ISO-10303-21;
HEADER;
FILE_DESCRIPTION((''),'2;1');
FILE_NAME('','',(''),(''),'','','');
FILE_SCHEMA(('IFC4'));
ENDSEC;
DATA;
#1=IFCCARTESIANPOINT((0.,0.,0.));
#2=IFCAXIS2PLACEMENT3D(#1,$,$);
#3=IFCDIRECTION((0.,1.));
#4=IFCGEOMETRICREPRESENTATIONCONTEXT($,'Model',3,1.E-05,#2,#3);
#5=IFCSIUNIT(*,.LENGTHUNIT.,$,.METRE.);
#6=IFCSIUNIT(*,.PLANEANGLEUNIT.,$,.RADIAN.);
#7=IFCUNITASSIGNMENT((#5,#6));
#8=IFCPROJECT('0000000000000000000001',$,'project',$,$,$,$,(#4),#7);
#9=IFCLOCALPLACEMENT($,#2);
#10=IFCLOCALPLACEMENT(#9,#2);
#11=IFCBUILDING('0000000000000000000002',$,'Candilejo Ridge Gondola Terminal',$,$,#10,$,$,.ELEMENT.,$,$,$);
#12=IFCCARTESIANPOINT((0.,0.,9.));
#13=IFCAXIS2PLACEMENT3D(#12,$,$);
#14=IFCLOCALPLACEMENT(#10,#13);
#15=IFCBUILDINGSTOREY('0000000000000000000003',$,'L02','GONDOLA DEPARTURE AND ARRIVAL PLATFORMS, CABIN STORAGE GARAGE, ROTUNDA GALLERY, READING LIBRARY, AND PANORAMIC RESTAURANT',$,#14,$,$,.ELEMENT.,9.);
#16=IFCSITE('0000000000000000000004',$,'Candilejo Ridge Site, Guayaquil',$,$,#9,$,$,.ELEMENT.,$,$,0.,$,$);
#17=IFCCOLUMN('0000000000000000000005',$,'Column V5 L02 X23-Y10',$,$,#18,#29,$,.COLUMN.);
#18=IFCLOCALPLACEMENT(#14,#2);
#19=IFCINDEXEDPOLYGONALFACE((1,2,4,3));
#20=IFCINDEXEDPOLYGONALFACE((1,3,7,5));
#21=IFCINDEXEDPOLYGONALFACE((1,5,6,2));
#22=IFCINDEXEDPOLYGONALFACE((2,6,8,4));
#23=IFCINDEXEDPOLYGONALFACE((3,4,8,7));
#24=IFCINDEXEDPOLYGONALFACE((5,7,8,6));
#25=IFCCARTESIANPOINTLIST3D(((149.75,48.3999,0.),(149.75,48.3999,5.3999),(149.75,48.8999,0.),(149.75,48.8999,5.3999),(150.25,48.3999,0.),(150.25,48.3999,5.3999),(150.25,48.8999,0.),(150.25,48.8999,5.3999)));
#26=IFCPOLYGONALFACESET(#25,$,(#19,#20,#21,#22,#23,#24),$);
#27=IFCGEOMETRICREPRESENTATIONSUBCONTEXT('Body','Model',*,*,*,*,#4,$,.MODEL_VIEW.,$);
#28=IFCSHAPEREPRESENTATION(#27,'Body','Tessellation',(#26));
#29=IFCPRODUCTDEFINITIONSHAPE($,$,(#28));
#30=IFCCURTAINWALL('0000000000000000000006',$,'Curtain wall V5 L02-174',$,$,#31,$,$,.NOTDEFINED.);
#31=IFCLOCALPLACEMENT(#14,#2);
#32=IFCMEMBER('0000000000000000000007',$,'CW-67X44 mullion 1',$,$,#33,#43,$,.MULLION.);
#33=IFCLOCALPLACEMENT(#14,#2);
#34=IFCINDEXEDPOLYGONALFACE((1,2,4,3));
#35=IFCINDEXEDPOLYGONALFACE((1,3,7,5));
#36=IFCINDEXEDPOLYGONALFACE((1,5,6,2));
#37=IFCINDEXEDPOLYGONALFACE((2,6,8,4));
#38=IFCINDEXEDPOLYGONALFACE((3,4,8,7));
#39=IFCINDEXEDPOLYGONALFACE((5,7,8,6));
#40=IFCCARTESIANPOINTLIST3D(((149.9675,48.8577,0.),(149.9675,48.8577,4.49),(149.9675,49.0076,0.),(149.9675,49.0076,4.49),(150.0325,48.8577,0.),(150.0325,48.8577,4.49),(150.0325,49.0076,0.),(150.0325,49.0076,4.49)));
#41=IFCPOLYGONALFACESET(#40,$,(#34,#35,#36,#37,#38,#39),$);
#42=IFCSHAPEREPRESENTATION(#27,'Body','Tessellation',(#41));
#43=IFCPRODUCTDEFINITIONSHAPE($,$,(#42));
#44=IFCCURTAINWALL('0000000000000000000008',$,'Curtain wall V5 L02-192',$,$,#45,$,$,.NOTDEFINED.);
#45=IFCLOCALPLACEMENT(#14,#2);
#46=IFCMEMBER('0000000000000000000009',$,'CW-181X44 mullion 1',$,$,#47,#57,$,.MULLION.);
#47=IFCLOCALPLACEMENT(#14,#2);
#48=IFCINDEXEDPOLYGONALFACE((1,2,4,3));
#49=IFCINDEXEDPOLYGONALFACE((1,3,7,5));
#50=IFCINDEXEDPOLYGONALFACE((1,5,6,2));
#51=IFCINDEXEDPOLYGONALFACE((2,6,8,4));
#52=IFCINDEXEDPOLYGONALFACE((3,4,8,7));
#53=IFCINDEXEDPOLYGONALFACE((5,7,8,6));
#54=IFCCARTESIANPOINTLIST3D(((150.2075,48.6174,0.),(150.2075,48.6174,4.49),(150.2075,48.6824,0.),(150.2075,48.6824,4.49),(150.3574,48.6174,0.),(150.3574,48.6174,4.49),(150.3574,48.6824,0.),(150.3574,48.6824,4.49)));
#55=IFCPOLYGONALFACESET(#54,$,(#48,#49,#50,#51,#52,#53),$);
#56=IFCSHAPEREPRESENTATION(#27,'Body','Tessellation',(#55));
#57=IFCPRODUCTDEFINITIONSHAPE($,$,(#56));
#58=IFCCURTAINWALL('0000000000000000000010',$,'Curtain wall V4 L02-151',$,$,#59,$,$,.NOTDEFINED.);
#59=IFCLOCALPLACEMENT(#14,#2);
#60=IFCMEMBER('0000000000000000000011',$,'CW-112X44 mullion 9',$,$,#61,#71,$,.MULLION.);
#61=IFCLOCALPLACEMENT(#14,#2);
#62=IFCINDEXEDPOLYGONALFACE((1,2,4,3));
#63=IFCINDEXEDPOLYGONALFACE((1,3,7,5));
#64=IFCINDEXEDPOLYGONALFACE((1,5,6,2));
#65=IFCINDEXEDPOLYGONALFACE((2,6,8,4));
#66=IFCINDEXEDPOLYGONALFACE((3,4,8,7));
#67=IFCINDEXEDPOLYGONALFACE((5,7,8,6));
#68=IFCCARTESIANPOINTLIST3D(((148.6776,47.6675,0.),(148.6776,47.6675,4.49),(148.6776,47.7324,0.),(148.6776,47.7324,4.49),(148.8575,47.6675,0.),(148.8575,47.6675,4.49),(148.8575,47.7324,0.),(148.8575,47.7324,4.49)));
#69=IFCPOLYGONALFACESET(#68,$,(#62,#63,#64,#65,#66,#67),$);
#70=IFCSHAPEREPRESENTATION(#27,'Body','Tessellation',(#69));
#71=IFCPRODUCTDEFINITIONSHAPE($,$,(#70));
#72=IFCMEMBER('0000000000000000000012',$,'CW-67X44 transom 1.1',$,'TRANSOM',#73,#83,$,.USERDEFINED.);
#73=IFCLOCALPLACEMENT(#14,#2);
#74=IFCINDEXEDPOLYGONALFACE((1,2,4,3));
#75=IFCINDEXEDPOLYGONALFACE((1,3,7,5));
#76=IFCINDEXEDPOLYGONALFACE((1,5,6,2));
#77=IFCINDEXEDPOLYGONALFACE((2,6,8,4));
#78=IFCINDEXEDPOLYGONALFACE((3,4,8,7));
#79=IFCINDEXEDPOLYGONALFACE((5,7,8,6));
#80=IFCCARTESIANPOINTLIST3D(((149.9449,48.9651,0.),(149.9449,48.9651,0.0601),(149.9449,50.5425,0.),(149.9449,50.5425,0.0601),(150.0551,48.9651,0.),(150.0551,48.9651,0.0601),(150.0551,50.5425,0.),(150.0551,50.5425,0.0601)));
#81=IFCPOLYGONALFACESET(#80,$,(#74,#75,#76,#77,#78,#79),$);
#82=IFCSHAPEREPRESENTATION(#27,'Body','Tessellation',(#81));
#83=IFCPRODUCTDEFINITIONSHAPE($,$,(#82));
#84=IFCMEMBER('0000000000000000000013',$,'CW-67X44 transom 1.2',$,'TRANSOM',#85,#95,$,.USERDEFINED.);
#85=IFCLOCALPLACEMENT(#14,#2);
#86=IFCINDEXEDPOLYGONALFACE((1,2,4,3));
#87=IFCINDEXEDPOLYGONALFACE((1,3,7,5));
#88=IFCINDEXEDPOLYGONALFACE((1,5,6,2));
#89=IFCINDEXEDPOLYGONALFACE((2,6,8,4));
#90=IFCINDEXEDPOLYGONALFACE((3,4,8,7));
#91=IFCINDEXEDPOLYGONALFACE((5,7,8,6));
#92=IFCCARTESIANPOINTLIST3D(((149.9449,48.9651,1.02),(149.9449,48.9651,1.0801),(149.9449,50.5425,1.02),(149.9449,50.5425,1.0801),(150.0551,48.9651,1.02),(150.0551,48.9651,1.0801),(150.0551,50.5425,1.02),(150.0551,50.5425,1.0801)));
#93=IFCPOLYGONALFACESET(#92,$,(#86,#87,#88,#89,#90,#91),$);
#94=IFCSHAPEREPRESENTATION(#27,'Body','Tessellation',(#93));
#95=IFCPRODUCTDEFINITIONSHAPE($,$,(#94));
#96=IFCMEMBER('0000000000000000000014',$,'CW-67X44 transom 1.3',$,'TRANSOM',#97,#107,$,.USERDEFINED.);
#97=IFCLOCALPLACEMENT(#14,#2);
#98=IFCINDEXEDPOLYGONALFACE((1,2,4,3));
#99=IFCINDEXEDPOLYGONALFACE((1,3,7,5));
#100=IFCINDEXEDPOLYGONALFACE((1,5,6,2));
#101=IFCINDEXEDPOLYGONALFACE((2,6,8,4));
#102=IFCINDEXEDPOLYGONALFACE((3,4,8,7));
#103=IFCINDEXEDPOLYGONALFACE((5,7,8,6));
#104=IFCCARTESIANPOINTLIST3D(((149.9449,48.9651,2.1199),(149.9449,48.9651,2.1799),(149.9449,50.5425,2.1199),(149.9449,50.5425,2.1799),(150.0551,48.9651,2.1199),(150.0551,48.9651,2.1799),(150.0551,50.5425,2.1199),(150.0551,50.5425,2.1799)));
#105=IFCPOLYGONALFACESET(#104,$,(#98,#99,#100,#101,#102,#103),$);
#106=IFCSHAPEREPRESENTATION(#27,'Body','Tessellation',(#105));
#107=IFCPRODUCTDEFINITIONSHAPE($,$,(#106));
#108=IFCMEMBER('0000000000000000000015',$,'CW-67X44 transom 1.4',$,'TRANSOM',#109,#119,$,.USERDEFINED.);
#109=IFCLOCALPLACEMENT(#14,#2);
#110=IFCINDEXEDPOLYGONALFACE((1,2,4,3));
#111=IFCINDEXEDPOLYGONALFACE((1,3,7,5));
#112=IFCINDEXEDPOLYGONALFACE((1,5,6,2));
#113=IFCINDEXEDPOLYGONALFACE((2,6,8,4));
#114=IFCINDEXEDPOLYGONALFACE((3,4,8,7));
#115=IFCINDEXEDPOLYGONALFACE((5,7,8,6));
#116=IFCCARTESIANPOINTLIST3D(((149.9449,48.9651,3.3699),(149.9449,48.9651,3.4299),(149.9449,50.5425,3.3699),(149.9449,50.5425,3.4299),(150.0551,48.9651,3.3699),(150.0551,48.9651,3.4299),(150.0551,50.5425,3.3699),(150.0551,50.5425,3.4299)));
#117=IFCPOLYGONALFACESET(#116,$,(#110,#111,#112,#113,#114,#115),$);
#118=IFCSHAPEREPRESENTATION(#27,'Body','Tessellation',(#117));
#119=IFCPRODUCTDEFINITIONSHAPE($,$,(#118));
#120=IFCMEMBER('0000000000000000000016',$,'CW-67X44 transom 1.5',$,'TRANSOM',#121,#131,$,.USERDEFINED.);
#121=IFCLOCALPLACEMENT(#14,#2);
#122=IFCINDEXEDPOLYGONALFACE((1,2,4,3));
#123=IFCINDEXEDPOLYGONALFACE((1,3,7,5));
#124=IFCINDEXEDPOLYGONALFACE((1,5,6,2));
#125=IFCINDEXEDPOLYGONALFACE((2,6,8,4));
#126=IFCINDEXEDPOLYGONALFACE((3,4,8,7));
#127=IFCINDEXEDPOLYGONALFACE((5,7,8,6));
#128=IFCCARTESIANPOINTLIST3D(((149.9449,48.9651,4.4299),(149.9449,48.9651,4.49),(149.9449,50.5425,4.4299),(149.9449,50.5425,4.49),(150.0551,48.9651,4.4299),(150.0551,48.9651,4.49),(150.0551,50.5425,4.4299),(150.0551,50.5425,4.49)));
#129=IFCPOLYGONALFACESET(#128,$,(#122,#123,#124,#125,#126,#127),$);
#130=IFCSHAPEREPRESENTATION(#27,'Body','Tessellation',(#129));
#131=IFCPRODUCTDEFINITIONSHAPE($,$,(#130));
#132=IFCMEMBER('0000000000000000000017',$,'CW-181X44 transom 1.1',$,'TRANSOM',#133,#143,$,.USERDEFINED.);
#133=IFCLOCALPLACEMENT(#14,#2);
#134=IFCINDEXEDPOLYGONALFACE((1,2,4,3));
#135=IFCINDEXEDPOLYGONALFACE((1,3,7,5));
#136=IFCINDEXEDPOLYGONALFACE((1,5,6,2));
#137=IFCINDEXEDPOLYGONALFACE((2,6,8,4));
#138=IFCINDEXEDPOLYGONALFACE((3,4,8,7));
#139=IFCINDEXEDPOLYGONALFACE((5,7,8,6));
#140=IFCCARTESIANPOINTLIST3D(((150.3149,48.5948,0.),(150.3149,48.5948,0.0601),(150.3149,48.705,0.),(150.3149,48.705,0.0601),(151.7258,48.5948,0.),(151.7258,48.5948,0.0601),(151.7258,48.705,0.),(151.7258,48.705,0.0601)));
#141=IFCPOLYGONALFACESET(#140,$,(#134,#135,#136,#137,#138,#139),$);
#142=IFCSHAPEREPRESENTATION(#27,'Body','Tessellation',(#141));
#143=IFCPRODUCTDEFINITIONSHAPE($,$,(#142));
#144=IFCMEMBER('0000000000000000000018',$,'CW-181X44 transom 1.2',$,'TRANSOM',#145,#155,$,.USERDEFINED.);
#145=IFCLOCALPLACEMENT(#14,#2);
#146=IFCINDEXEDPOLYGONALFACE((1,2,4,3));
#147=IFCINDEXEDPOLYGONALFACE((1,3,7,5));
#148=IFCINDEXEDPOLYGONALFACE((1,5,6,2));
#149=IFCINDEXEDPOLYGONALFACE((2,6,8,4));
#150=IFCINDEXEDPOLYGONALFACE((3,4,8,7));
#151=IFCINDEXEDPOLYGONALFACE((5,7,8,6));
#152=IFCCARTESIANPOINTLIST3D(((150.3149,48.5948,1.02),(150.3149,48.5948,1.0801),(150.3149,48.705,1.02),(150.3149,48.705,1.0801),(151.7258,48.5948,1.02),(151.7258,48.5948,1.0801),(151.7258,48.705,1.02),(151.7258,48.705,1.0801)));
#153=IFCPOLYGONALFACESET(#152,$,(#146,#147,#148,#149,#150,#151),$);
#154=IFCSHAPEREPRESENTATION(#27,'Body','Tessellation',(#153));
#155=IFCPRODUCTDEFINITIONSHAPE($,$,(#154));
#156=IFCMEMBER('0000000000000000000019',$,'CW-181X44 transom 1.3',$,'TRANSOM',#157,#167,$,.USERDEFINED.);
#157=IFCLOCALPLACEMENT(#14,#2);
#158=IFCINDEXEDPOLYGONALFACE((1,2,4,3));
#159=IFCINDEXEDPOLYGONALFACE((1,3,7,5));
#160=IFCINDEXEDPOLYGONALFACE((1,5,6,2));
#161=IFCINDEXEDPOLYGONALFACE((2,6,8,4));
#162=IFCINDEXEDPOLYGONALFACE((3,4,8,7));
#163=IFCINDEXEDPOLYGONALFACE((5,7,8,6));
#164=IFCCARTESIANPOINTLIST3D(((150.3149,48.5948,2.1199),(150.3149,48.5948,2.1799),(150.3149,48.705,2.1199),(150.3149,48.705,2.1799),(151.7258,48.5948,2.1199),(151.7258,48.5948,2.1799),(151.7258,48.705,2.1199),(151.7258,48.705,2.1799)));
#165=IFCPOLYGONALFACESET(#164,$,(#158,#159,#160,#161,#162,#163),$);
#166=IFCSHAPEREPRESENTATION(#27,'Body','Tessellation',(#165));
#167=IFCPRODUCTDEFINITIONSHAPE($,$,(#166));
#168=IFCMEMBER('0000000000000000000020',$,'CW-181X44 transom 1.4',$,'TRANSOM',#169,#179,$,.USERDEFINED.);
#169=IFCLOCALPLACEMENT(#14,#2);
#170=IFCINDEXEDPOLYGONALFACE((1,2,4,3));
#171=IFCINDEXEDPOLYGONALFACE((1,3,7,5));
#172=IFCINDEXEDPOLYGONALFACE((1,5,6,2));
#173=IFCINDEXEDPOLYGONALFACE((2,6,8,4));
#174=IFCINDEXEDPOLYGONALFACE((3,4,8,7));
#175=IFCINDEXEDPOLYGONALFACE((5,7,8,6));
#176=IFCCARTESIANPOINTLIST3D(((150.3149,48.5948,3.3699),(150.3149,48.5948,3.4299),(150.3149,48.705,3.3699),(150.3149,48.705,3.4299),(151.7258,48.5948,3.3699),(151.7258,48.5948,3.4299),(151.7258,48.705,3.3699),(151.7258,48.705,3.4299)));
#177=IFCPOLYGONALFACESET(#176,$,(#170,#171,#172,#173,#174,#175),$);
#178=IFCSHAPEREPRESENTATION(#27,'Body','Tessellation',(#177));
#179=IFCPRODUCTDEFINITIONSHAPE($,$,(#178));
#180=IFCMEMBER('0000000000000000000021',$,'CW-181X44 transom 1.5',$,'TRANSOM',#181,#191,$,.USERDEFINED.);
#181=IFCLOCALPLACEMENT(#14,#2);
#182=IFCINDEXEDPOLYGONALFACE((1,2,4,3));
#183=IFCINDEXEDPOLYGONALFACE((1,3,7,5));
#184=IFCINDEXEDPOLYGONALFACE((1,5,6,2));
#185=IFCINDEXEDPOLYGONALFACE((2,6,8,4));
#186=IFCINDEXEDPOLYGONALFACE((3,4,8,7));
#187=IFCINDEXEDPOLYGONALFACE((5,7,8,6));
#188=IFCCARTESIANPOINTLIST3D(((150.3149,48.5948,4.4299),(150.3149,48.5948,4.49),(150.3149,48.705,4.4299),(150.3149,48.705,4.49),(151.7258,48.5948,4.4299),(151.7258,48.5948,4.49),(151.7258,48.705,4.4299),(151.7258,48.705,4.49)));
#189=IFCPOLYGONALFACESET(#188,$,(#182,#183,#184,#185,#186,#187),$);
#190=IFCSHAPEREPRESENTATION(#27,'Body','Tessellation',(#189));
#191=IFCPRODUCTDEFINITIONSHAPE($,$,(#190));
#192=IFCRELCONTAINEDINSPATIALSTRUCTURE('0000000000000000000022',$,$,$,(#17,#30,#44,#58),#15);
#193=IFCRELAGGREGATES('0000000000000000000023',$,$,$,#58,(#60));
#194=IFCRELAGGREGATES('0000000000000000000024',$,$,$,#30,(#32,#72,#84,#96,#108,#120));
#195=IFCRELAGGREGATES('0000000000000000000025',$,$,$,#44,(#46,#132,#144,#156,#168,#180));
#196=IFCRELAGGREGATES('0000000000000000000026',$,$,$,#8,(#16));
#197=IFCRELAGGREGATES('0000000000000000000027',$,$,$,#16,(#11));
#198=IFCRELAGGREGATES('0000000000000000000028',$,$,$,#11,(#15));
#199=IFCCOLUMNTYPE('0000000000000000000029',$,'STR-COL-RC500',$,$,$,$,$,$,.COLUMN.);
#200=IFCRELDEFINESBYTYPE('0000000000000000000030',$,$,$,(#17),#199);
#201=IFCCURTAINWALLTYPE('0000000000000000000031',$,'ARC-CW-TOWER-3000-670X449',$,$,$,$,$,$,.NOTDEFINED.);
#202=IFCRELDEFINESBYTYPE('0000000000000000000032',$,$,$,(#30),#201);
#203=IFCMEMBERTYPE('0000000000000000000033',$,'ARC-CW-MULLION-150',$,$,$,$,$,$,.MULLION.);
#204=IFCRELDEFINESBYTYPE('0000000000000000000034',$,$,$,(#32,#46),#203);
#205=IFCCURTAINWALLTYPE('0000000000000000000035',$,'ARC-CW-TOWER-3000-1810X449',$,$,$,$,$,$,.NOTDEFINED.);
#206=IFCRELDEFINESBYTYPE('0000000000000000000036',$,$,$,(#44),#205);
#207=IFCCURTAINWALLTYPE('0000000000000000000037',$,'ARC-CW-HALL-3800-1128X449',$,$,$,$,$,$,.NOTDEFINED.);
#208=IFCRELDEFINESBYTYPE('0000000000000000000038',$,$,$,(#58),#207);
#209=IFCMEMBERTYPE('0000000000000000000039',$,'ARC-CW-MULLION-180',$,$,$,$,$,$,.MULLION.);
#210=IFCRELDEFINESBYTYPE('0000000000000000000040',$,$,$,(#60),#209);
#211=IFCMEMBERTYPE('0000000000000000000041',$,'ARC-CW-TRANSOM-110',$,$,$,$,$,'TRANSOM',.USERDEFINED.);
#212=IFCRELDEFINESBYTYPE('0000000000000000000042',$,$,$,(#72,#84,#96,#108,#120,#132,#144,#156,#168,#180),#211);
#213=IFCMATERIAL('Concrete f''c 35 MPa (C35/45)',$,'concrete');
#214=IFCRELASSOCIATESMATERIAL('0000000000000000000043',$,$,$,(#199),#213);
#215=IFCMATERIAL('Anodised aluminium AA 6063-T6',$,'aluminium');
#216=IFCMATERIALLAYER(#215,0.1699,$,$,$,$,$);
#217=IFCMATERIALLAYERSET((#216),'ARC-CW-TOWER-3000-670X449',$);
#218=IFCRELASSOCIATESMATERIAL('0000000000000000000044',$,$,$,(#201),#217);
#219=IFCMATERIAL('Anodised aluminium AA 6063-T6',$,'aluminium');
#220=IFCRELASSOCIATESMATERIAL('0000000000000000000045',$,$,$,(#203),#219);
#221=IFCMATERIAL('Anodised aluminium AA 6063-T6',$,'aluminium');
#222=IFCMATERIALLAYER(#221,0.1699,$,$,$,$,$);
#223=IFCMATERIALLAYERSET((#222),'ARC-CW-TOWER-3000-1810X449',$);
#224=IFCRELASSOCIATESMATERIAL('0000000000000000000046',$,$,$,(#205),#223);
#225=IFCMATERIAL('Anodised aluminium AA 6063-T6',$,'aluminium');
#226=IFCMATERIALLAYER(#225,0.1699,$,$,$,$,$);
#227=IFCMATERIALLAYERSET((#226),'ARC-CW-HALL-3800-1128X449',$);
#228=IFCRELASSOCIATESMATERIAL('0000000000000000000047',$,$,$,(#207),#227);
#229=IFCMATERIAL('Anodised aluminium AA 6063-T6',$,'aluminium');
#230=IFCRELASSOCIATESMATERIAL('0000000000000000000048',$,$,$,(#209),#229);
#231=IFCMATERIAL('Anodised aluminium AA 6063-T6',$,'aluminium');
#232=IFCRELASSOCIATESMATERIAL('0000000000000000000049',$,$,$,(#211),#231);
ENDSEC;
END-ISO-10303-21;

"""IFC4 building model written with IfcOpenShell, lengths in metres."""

from ifc_helpers import new_model, si_unit, direction, frame, origin, origin_2d, place, context, subcontext, project, spatial, rectangle, extrude, material, layer, layer_set, material_profile, profile_set, type_object, element, aggregate, save


model = new_model("IFC4")

# Units and contexts
model_context = context("Model", 3, precision=1e-05, world=origin(), true_north=direction((0.0, 1.0)))
body_context = subcontext(model_context, "Body", "Model", "MODEL_VIEW")
ifc_project = project(units=[si_unit("LENGTHUNIT", "METRE"), si_unit("PLANEANGLEUNIT", "RADIAN")], contexts=[model_context])

# Site, building, storey
site_placement = place(None, origin())
site = spatial("IfcSite", under=ifc_project, at=site_placement, Name="Candilejo Ridge Site, Guayaquil", CompositionType="ELEMENT", RefElevation=0.0)
building_placement = place(site_placement, origin())
building = spatial("IfcBuilding", under=site, at=building_placement, Name="Candilejo Ridge Gondola Terminal", CompositionType="ELEMENT")
storey_placement = place(building_placement, frame((0.0, 0.0, 9.0)))
storey = spatial("IfcBuildingStorey", under=building, at=storey_placement, Name="L02", Description="GONDOLA DEPARTURE AND ARRIVAL PLATFORMS, CABIN STORAGE GARAGE, ROTUNDA GALLERY, READING LIBRARY, AND PANORAMIC RESTAURANT", CompositionType="ELEMENT", Elevation=9.0)

# Column
ifc_material_1 = material(Name="Concrete f'c 35 MPa (C35/45)", Category="concrete")
ifc_material_profile_1 = material_profile(ifc_material_1, rectangle(XDim=0.5, YDim=0.5, at=origin_2d()))
ifc_profile_set_1 = profile_set([ifc_material_profile_1], Name="Concrete f'c 35 MPa (C35/45)")
column_type = type_object("IfcColumnType", Name="STR-COL-RC500", PredefinedType="COLUMN", material=ifc_profile_set_1)
column_placement = place(storey_placement, frame((150.0, 48.6499, 0.0), z_axis=(0.0, 0.0, 1.0), x_axis=(1.0, 0.0, 0.0)))
element("IfcColumn", 1, at=column_placement, inside=storey, type_object=column_type, Name="Column V5 L02 X23-Y10", PredefinedType="COLUMN", context=body_context, shape_type="SweptSolid", body=[
    extrude(rectangle(XDim=0.5, YDim=0.5, at=origin_2d()), origin(), (0.0, 0.0, 1.0), 5.3999),
])

# Curtain walls, members
ifc_material_2 = material(Name="Anodised aluminium AA 6063-T6", Category="aluminium")
ifc_layer_1 = layer(ifc_material_2, 0.1699)
ifc_layer_set_1 = layer_set([ifc_layer_1], Name="ARC-CW-TOWER-3000-670X449")
curtain_wall_type_1 = type_object("IfcCurtainWallType", Name="ARC-CW-TOWER-3000-670X449", PredefinedType="NOTDEFINED", material=ifc_layer_set_1)
curtain_wall_1_placement = place(storey_placement, origin())
curtain_wall_1 = element("IfcCurtainWall", 2, at=curtain_wall_1_placement, inside=storey, type_object=curtain_wall_type_1, Name="Curtain wall V5 L02-174", PredefinedType="NOTDEFINED")
ifc_material_3 = material(Name="Anodised aluminium AA 6063-T6", Category="aluminium")
ifc_material_profile_2 = material_profile(ifc_material_3, rectangle(XDim=0.0649, YDim=0.1499, at=origin_2d()))
ifc_profile_set_2 = profile_set([ifc_material_profile_2], Name="Anodised aluminium AA 6063-T6")
member_type_1 = type_object("IfcMemberType", Name="ARC-CW-MULLION-150", PredefinedType="MULLION", material=ifc_profile_set_2)
member_1_placement = place(storey_placement, frame((150.0, 48.9326, 0.0), z_axis=(0.0, 0.0, 1.0), x_axis=(-1.0, 0.0, 0.0)))
member_1 = element("IfcMember", 3, at=member_1_placement, type_object=member_type_1, Name="CW-67X44 mullion 1", PredefinedType="MULLION", context=body_context, shape_type="SweptSolid", body=[
    extrude(rectangle(XDim=0.0649, YDim=0.1499, at=origin_2d()), origin(), (0.0, 0.0, 1.0), 4.49),
])
ifc_material_4 = material(Name="Anodised aluminium AA 6063-T6", Category="aluminium")
ifc_layer_2 = layer(ifc_material_4, 0.1699)
ifc_layer_set_2 = layer_set([ifc_layer_2], Name="ARC-CW-TOWER-3000-1810X449")
curtain_wall_type_2 = type_object("IfcCurtainWallType", Name="ARC-CW-TOWER-3000-1810X449", PredefinedType="NOTDEFINED", material=ifc_layer_set_2)
curtain_wall_2_placement = place(storey_placement, origin())
curtain_wall_2 = element("IfcCurtainWall", 4, at=curtain_wall_2_placement, inside=storey, type_object=curtain_wall_type_2, Name="Curtain wall V5 L02-192", PredefinedType="NOTDEFINED")
member_2_placement = place(storey_placement, frame((150.2825, 48.6499, 0.0), z_axis=(0.0, 0.0, 1.0), x_axis=(0.0, 1.0, 0.0)))
member_2 = element("IfcMember", 5, at=member_2_placement, type_object=member_type_1, Name="CW-181X44 mullion 1", PredefinedType="MULLION", context=body_context, shape_type="SweptSolid", body=[
    extrude(rectangle(XDim=0.0649, YDim=0.1499, at=origin_2d()), origin(), (0.0, 0.0, 1.0), 4.49),
])
ifc_material_5 = material(Name="Anodised aluminium AA 6063-T6", Category="aluminium")
ifc_layer_3 = layer(ifc_material_5, 0.1699)
ifc_layer_set_3 = layer_set([ifc_layer_3], Name="ARC-CW-HALL-3800-1128X449")
curtain_wall_type_3 = type_object("IfcCurtainWallType", Name="ARC-CW-HALL-3800-1128X449", PredefinedType="NOTDEFINED", material=ifc_layer_set_3)
curtain_wall_3_placement = place(storey_placement, origin())
curtain_wall_3 = element("IfcCurtainWall", 6, at=curtain_wall_3_placement, inside=storey, type_object=curtain_wall_type_3, Name="Curtain wall V4 L02-151", PredefinedType="NOTDEFINED")
ifc_material_6 = material(Name="Anodised aluminium AA 6063-T6", Category="aluminium")
ifc_material_profile_3 = material_profile(ifc_material_6, rectangle(XDim=0.0649, YDim=0.1799, at=origin_2d()))
ifc_profile_set_3 = profile_set([ifc_material_profile_3], Name="Anodised aluminium AA 6063-T6")
member_type_2 = type_object("IfcMemberType", Name="ARC-CW-MULLION-180", PredefinedType="MULLION", material=ifc_profile_set_3)
member_3_placement = place(storey_placement, frame((148.7676, 47.7, 0.0), z_axis=(0.0, 0.0, 1.0), x_axis=(0.0, 1.0, 0.0)))
member_3 = element("IfcMember", 7, at=member_3_placement, type_object=member_type_2, Name="CW-112X44 mullion 9", PredefinedType="MULLION", context=body_context, shape_type="SweptSolid", body=[
    extrude(rectangle(XDim=0.0649, YDim=0.1799, at=origin_2d()), origin(), (0.0, 0.0, 1.0), 4.49),
])

# Members
ifc_material_7 = material(Name="Anodised aluminium AA 6063-T6", Category="aluminium")
ifc_material_profile_4 = material_profile(ifc_material_7, rectangle(XDim=0.1101, YDim=0.0601, at=origin_2d()))
ifc_profile_set_4 = profile_set([ifc_material_profile_4], Name="Anodised aluminium AA 6063-T6")
member_type_3 = type_object("IfcMemberType", Name="ARC-CW-TRANSOM-110", ElementType="TRANSOM", PredefinedType="USERDEFINED", material=ifc_profile_set_4)
member_4_placement = place(storey_placement, frame((150.0, 48.9651, 0.03), z_axis=(0.0, 1.0, 0.0), x_axis=(-1.0, 0.0, 0.0)))
member_4 = element("IfcMember", 8, at=member_4_placement, type_object=member_type_3, Name="CW-67X44 transom 1.1", ObjectType="TRANSOM", PredefinedType="USERDEFINED", context=body_context, shape_type="SweptSolid", body=[
    extrude(rectangle(XDim=0.1101, YDim=0.0601, at=origin_2d()), origin(), (0.0, 0.0, 1.0), 1.5774),
])
member_5_placement = place(storey_placement, frame((150.0, 48.9651, 1.05), z_axis=(0.0, 1.0, 0.0), x_axis=(-1.0, 0.0, 0.0)))
member_5 = element("IfcMember", 9, at=member_5_placement, type_object=member_type_3, Name="CW-67X44 transom 1.2", ObjectType="TRANSOM", PredefinedType="USERDEFINED", context=body_context, shape_type="SweptSolid", body=[
    extrude(rectangle(XDim=0.1101, YDim=0.0601, at=origin_2d()), origin(), (0.0, 0.0, 1.0), 1.5774),
])
member_6_placement = place(storey_placement, frame((150.0, 48.9651, 2.1499), z_axis=(0.0, 1.0, 0.0), x_axis=(-1.0, 0.0, 0.0)))
member_6 = element("IfcMember", 10, at=member_6_placement, type_object=member_type_3, Name="CW-67X44 transom 1.3", ObjectType="TRANSOM", PredefinedType="USERDEFINED", context=body_context, shape_type="SweptSolid", body=[
    extrude(rectangle(XDim=0.1101, YDim=0.0601, at=origin_2d()), origin(), (0.0, 0.0, 1.0), 1.5774),
])
member_7_placement = place(storey_placement, frame((150.0, 48.9651, 3.3999), z_axis=(0.0, 1.0, 0.0), x_axis=(-1.0, 0.0, 0.0)))
member_7 = element("IfcMember", 11, at=member_7_placement, type_object=member_type_3, Name="CW-67X44 transom 1.4", ObjectType="TRANSOM", PredefinedType="USERDEFINED", context=body_context, shape_type="SweptSolid", body=[
    extrude(rectangle(XDim=0.1101, YDim=0.0601, at=origin_2d()), origin(), (0.0, 0.0, 1.0), 1.5774),
])
member_8_placement = place(storey_placement, frame((150.0, 48.9651, 4.46), z_axis=(0.0, 1.0, 0.0), x_axis=(-1.0, 0.0, 0.0)))
member_8 = element("IfcMember", 12, at=member_8_placement, type_object=member_type_3, Name="CW-67X44 transom 1.5", ObjectType="TRANSOM", PredefinedType="USERDEFINED", context=body_context, shape_type="SweptSolid", body=[
    extrude(rectangle(XDim=0.1101, YDim=0.0601, at=origin_2d()), origin(), (0.0, 0.0, 1.0), 1.5774),
])
member_9_placement = place(storey_placement, frame((150.3149, 48.6499, 0.03), z_axis=(1.0, 0.0, 0.0), x_axis=(0.0, 1.0, 0.0)))
member_9 = element("IfcMember", 13, at=member_9_placement, type_object=member_type_3, Name="CW-181X44 transom 1.1", ObjectType="TRANSOM", PredefinedType="USERDEFINED", context=body_context, shape_type="SweptSolid", body=[
    extrude(rectangle(XDim=0.1101, YDim=0.0601, at=origin_2d()), origin(), (0.0, 0.0, 1.0), 1.4109),
])
member_10_placement = place(storey_placement, frame((150.3149, 48.6499, 1.05), z_axis=(1.0, 0.0, 0.0), x_axis=(0.0, 1.0, 0.0)))
member_10 = element("IfcMember", 14, at=member_10_placement, type_object=member_type_3, Name="CW-181X44 transom 1.2", ObjectType="TRANSOM", PredefinedType="USERDEFINED", context=body_context, shape_type="SweptSolid", body=[
    extrude(rectangle(XDim=0.1101, YDim=0.0601, at=origin_2d()), origin(), (0.0, 0.0, 1.0), 1.4109),
])
member_11_placement = place(storey_placement, frame((150.3149, 48.6499, 2.1499), z_axis=(1.0, 0.0, 0.0), x_axis=(0.0, 1.0, 0.0)))
member_11 = element("IfcMember", 15, at=member_11_placement, type_object=member_type_3, Name="CW-181X44 transom 1.3", ObjectType="TRANSOM", PredefinedType="USERDEFINED", context=body_context, shape_type="SweptSolid", body=[
    extrude(rectangle(XDim=0.1101, YDim=0.0601, at=origin_2d()), origin(), (0.0, 0.0, 1.0), 1.4109),
])
member_12_placement = place(storey_placement, frame((150.3149, 48.6499, 3.3999), z_axis=(1.0, 0.0, 0.0), x_axis=(0.0, 1.0, 0.0)))
member_12 = element("IfcMember", 16, at=member_12_placement, type_object=member_type_3, Name="CW-181X44 transom 1.4", ObjectType="TRANSOM", PredefinedType="USERDEFINED", context=body_context, shape_type="SweptSolid", body=[
    extrude(rectangle(XDim=0.1101, YDim=0.0601, at=origin_2d()), origin(), (0.0, 0.0, 1.0), 1.4109),
])
member_13_placement = place(storey_placement, frame((150.3149, 48.6499, 4.46), z_axis=(1.0, 0.0, 0.0), x_axis=(0.0, 1.0, 0.0)))
member_13 = element("IfcMember", 17, at=member_13_placement, type_object=member_type_3, Name="CW-181X44 transom 1.5", ObjectType="TRANSOM", PredefinedType="USERDEFINED", context=body_context, shape_type="SweptSolid", body=[
    extrude(rectangle(XDim=0.1101, YDim=0.0601, at=origin_2d()), origin(), (0.0, 0.0, 1.0), 1.4109),
])

aggregate(curtain_wall_3, [member_3])
aggregate(curtain_wall_1, [member_1, member_4, member_5, member_6, member_7, member_8])
aggregate(curtain_wall_2, [member_2, member_9, member_10, member_11, member_12, member_13])

save(model, "model.ifc")
